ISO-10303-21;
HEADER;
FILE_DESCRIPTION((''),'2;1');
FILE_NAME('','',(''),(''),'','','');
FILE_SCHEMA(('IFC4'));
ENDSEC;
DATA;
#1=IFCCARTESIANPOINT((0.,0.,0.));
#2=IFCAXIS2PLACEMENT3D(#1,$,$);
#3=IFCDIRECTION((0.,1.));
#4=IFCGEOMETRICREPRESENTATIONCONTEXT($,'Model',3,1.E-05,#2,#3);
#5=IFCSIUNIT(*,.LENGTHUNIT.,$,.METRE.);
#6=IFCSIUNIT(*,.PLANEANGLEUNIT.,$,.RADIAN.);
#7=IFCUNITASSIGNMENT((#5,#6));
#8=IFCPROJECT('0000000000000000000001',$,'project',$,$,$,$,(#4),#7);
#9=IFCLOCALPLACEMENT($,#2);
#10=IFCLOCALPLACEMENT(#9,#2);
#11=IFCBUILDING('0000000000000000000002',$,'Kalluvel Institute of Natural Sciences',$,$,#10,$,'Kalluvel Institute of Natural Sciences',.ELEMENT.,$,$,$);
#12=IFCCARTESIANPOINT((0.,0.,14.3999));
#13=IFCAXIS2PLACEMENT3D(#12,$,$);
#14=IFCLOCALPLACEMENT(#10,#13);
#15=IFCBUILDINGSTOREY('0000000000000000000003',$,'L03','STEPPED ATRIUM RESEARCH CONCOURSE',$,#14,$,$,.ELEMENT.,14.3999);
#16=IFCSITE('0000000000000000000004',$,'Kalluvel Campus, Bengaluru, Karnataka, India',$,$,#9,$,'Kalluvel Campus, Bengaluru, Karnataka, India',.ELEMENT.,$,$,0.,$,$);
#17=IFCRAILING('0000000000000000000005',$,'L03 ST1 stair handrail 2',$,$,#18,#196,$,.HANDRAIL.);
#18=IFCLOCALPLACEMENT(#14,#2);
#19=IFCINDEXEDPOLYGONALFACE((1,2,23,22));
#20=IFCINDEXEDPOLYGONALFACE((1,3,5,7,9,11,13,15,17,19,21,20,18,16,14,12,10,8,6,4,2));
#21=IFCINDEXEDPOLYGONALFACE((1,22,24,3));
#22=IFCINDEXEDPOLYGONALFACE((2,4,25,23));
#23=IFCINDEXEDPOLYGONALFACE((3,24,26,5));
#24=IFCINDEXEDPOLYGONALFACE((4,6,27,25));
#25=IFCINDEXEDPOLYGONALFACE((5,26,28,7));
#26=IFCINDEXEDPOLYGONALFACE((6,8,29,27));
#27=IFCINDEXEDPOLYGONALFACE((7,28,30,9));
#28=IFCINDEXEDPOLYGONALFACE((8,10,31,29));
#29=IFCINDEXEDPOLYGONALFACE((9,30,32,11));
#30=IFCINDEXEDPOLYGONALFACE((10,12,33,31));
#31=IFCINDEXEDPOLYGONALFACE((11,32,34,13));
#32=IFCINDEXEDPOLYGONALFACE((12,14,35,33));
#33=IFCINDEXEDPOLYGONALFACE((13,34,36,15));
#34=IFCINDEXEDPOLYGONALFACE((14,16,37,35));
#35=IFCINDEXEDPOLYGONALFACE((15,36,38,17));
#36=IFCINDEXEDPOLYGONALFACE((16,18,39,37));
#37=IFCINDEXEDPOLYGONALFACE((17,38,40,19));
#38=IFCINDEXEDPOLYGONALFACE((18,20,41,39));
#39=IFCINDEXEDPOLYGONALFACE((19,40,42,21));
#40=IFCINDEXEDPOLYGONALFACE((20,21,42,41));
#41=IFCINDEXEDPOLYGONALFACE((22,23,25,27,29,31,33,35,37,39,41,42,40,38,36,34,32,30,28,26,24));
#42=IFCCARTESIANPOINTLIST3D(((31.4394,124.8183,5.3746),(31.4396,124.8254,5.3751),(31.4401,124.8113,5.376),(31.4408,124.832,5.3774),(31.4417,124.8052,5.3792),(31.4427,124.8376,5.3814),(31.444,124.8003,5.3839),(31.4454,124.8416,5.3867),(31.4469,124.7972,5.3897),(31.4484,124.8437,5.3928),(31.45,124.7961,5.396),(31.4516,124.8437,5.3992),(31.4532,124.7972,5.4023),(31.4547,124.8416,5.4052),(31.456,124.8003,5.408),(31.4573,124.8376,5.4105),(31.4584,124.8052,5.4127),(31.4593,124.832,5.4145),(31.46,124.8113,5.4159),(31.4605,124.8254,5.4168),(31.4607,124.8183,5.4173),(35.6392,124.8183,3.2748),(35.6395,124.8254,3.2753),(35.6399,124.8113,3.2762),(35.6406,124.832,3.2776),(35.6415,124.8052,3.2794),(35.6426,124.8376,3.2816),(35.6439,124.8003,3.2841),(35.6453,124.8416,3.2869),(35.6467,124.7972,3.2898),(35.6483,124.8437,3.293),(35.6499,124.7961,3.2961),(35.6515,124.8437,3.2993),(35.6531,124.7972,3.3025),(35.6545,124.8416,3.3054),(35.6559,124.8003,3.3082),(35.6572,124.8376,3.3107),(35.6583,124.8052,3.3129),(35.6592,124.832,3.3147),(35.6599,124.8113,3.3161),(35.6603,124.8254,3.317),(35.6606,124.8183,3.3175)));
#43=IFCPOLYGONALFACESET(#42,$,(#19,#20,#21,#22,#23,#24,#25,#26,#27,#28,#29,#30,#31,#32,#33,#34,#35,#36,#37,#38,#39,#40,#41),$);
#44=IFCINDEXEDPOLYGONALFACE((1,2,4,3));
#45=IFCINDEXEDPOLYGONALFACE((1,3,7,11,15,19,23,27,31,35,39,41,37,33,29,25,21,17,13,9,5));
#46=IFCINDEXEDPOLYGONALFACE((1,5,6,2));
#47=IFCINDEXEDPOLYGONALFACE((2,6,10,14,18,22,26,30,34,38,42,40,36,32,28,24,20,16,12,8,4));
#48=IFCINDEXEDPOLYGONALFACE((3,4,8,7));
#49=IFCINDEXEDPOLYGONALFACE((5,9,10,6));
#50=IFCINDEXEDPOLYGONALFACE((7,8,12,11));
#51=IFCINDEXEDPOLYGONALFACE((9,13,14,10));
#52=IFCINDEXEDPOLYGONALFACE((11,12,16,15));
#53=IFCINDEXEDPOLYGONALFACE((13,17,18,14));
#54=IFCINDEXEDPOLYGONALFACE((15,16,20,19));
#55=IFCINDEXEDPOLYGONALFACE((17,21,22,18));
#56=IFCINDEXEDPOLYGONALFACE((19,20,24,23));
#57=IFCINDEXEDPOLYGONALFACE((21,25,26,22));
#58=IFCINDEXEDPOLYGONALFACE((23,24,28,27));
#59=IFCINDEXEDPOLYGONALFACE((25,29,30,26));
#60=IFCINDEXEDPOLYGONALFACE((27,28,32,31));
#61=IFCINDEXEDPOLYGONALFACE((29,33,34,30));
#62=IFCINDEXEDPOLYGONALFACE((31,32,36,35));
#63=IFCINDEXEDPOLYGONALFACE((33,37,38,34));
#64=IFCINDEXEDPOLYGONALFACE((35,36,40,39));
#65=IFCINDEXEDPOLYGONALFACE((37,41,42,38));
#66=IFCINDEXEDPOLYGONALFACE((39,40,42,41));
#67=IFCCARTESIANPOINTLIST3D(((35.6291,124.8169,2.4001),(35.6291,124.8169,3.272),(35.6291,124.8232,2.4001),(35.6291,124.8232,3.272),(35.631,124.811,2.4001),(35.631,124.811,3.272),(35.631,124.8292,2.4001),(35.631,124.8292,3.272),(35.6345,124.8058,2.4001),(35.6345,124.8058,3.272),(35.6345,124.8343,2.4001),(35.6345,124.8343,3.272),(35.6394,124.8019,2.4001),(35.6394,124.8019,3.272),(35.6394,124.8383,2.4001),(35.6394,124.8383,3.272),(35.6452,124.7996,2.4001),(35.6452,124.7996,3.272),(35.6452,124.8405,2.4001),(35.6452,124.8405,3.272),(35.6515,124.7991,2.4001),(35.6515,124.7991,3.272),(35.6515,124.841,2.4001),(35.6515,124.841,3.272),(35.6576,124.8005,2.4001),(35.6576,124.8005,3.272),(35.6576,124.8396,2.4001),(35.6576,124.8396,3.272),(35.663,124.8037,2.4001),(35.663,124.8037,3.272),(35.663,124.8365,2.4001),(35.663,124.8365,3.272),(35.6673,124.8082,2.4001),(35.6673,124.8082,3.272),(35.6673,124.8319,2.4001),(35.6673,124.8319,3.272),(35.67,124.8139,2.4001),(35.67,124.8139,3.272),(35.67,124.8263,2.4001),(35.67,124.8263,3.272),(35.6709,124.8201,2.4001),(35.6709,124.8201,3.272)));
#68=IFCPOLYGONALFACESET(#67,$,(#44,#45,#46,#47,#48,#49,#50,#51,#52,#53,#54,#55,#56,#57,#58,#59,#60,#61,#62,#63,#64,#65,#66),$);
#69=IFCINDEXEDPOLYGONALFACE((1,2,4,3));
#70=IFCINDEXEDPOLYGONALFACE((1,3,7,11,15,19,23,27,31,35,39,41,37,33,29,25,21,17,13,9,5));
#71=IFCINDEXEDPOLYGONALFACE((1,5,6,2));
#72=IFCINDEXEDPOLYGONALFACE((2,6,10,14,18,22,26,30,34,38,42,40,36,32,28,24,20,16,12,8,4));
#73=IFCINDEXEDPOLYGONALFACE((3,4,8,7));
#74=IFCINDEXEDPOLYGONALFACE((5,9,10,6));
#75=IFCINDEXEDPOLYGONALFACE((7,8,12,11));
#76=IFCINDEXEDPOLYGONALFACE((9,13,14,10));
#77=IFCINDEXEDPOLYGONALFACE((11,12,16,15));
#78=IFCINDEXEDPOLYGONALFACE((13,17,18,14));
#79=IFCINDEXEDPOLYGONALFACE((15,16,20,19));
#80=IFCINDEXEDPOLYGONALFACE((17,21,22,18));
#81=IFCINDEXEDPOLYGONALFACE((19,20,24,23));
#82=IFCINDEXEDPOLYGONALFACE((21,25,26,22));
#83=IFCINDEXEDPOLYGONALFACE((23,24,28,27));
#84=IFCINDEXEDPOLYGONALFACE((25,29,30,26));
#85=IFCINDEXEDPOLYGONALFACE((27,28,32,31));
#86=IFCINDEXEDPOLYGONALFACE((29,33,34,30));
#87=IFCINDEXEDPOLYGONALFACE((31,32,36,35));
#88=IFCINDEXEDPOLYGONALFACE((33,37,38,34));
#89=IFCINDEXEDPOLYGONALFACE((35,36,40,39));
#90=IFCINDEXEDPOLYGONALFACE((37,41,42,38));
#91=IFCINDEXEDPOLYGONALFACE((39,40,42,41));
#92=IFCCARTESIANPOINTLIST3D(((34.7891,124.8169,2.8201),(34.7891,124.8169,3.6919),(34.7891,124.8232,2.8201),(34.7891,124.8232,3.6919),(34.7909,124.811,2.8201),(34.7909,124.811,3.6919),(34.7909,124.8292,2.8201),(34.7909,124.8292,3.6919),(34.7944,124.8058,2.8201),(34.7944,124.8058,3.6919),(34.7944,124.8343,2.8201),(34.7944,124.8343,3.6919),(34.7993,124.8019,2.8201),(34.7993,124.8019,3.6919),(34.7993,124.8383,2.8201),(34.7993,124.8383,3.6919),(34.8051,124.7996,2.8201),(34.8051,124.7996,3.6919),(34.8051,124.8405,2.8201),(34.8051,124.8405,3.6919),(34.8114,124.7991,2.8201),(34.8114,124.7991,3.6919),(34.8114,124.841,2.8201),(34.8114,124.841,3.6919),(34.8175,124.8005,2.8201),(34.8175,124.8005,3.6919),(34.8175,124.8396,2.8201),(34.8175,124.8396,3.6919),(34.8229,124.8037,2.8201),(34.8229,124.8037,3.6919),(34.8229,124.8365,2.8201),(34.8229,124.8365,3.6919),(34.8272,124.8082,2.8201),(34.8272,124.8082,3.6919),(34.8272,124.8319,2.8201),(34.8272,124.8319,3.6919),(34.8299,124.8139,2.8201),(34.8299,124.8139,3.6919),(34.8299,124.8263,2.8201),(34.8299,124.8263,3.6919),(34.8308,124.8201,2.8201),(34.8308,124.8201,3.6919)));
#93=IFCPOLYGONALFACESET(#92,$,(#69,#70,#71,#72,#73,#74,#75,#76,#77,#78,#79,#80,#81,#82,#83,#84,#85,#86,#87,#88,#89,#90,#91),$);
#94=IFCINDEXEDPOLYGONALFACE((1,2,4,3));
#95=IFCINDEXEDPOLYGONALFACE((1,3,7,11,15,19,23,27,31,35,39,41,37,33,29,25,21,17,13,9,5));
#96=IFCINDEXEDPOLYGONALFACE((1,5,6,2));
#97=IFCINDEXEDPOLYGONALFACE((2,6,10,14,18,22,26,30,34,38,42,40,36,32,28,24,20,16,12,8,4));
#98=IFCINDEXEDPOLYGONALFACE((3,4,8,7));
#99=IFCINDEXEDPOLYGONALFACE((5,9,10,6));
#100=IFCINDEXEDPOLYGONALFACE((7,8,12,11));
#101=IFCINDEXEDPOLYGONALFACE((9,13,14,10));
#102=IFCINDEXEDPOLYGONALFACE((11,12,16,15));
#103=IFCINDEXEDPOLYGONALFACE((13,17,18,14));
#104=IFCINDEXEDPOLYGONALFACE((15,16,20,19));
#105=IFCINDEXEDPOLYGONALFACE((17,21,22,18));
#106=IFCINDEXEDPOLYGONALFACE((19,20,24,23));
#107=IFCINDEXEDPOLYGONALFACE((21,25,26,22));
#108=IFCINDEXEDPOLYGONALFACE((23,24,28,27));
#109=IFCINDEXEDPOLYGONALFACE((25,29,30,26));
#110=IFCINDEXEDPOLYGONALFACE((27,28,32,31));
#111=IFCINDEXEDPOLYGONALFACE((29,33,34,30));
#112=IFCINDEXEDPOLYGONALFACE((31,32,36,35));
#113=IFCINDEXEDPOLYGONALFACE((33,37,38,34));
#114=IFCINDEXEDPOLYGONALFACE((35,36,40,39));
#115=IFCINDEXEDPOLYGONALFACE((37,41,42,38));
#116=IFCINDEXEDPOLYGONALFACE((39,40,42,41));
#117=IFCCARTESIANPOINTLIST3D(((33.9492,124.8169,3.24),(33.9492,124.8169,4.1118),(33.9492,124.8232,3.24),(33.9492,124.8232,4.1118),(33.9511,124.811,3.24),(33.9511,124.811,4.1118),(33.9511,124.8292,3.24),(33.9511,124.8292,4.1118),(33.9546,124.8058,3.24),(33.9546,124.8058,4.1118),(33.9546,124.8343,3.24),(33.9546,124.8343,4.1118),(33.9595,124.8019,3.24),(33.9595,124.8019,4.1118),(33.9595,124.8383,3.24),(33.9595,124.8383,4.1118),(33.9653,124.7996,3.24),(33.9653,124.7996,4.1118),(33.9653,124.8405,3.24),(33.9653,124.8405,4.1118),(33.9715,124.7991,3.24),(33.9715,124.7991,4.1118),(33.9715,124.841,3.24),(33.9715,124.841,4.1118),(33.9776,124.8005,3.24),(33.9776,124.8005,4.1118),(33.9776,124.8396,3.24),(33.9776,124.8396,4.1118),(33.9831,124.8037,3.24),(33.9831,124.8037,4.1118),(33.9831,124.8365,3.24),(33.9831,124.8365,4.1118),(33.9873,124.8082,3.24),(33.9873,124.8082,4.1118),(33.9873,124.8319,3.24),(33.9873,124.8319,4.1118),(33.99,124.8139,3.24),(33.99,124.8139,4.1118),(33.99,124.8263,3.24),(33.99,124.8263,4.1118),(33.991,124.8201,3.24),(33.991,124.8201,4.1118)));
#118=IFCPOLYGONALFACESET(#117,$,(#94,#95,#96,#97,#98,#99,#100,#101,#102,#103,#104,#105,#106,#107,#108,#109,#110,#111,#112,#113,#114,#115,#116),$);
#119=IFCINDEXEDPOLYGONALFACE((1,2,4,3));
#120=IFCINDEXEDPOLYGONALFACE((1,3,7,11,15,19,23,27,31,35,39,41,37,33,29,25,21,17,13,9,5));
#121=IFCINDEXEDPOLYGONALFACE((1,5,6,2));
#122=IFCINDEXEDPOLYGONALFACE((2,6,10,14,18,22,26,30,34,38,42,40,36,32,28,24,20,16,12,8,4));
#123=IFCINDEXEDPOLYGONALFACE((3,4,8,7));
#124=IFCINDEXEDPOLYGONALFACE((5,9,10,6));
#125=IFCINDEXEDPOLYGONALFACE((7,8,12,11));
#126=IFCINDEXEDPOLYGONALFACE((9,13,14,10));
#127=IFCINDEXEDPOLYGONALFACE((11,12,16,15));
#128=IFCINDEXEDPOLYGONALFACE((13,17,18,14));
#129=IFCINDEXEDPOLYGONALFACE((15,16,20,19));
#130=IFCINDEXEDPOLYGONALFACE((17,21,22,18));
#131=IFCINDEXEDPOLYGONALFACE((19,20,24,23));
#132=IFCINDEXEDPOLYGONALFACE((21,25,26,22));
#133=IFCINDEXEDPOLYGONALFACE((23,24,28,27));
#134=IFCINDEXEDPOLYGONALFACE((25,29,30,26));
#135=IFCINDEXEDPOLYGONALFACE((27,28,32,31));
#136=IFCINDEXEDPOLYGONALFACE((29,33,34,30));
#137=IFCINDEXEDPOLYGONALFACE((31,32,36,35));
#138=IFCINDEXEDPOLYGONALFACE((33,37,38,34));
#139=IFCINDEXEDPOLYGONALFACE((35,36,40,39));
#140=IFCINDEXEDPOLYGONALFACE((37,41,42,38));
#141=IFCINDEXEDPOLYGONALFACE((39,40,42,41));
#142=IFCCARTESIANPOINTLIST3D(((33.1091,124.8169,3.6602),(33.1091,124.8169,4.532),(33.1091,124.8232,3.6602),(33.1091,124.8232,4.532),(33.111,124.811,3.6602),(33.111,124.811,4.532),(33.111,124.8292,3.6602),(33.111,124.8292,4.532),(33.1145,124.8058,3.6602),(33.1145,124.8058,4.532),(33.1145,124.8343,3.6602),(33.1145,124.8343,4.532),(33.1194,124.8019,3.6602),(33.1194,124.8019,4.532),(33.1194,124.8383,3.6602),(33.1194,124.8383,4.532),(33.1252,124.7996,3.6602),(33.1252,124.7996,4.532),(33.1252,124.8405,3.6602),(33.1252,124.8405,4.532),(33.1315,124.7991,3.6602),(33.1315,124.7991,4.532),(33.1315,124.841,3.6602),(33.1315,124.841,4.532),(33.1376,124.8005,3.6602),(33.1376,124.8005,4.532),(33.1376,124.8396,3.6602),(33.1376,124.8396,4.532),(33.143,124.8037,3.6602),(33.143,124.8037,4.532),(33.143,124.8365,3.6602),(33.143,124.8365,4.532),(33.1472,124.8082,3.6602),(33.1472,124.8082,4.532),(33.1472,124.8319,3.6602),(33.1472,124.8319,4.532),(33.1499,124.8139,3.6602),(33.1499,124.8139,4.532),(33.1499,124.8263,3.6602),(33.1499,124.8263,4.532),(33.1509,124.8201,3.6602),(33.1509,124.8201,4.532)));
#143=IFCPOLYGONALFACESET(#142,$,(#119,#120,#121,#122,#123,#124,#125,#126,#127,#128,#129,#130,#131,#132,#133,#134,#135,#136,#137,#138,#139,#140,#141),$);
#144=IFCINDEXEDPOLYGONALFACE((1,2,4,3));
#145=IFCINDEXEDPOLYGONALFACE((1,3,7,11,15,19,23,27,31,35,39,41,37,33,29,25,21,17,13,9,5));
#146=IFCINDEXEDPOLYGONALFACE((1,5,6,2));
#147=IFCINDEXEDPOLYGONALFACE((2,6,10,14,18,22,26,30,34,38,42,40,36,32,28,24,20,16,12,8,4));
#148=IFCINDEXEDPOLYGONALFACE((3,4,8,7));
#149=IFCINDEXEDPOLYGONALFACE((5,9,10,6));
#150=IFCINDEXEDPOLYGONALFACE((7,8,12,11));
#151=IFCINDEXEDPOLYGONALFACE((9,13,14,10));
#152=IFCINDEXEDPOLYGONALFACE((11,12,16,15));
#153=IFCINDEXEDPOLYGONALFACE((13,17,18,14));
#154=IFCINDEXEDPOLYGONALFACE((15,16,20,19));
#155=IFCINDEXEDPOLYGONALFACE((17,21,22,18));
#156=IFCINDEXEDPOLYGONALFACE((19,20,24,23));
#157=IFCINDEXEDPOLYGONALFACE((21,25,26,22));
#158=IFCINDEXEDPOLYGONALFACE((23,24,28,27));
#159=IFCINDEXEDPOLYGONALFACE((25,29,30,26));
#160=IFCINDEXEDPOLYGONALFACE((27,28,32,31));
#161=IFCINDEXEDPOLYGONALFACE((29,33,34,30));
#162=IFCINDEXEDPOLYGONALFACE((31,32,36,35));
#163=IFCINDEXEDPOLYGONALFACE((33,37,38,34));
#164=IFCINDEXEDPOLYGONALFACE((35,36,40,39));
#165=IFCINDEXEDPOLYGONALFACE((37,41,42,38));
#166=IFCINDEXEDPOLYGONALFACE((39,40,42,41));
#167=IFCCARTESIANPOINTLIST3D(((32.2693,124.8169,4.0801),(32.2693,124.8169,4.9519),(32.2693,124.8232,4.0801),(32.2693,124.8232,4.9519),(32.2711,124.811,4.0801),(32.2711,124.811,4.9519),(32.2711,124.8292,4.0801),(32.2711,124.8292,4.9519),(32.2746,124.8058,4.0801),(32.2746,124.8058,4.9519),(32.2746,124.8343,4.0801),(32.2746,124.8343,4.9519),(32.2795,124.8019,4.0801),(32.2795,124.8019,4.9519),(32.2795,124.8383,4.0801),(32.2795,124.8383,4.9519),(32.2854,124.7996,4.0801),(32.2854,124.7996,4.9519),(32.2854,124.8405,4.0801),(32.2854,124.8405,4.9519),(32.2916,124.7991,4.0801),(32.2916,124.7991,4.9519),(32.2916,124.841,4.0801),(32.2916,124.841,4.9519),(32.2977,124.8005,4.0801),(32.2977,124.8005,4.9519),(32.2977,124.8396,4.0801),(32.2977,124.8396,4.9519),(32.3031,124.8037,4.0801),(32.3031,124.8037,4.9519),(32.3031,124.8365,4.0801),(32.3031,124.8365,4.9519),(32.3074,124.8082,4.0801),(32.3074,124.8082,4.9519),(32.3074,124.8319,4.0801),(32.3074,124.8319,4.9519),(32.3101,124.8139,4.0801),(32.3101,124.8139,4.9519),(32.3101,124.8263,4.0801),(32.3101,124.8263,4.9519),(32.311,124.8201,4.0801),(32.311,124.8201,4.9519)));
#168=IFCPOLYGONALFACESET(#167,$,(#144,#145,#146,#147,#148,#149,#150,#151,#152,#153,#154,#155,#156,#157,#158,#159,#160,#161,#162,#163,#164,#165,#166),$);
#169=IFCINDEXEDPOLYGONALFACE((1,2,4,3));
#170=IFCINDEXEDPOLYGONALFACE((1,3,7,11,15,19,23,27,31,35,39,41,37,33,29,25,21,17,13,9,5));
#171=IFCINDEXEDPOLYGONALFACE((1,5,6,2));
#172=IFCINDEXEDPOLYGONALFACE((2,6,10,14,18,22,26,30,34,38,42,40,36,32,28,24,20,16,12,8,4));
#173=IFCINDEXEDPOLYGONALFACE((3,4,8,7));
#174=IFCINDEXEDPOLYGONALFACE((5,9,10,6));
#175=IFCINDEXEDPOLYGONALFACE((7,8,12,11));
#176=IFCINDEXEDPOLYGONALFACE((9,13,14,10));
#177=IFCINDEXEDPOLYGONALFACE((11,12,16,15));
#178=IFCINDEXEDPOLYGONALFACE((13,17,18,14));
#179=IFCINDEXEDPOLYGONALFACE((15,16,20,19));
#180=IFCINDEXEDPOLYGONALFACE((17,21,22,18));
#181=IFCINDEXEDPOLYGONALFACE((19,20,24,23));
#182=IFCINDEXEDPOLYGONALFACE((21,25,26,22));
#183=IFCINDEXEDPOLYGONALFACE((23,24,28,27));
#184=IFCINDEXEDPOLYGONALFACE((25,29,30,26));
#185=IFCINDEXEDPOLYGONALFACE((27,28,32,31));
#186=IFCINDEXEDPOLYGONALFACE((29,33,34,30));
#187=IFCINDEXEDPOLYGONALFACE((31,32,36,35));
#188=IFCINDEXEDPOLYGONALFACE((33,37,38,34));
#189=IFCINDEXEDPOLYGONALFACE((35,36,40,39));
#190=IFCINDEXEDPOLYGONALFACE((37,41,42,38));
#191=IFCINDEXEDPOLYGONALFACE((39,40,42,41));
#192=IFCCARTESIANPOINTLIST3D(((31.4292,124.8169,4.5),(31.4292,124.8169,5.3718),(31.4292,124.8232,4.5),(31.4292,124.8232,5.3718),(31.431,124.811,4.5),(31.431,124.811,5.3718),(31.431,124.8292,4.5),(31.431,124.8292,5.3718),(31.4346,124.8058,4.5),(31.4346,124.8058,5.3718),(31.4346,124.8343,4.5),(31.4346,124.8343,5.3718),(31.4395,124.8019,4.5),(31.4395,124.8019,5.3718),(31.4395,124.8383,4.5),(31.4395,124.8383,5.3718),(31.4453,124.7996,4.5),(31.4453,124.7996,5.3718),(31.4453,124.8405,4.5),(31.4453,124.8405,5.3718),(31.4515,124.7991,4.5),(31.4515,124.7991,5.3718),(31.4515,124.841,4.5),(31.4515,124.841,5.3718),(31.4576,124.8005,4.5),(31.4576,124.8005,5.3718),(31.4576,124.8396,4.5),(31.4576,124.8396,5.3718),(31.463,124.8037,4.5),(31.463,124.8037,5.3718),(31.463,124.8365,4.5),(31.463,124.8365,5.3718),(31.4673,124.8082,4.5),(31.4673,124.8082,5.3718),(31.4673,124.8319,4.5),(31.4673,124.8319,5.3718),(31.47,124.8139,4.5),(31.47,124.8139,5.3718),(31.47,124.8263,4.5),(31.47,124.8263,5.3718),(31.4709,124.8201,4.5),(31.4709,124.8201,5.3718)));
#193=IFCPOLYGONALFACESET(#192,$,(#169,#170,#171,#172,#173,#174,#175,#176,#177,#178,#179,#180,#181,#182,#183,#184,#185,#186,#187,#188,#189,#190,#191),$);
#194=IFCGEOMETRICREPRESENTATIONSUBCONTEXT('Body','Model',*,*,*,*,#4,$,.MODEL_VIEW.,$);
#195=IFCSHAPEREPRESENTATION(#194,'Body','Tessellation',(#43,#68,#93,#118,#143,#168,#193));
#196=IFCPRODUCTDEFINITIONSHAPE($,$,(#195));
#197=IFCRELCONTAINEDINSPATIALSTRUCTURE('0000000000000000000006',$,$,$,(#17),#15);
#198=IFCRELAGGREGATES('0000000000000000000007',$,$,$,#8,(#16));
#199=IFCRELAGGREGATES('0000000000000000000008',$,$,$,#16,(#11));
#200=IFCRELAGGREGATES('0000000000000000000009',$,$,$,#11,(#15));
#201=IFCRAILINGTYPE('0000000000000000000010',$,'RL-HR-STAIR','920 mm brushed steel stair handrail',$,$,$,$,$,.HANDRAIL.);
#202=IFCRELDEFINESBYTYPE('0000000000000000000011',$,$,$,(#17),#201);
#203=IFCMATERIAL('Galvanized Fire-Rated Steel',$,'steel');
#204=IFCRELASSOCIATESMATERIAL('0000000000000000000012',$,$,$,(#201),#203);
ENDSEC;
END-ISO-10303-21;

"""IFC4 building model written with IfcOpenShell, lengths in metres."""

from ifc_helpers import new_model, si_unit, direction, frame, origin, origin_2d, place, context, subcontext, project, spatial, circle, extrude, material, type_object, element, save


model = new_model("IFC4")

# Units and contexts
model_context = context("Model", 3, precision=1e-05, world=origin(), true_north=direction((0.0, 1.0)))
body_context = subcontext(model_context, "Body", "Model", "MODEL_VIEW")
ifc_project = project(units=[si_unit("LENGTHUNIT", "METRE"), si_unit("PLANEANGLEUNIT", "RADIAN")], contexts=[model_context])

# Site, building, storey
site_placement = place(None, origin())
site = spatial("IfcSite", under=ifc_project, at=site_placement, Name="Kalluvel Campus, Bengaluru, Karnataka, India", LongName="Kalluvel Campus, Bengaluru, Karnataka, India", CompositionType="ELEMENT", RefElevation=0.0)
building_placement = place(site_placement, origin())
building = spatial("IfcBuilding", under=site, at=building_placement, Name="Kalluvel Institute of Natural Sciences", LongName="Kalluvel Institute of Natural Sciences", CompositionType="ELEMENT")
storey_placement = place(building_placement, frame((0.0, 0.0, 14.3999)))
storey = spatial("IfcBuildingStorey", under=building, at=storey_placement, Name="L03", Description="STEPPED ATRIUM RESEARCH CONCOURSE", CompositionType="ELEMENT", Elevation=14.3999)

# Railing
ifc_material_1 = material(Name="Galvanized Fire-Rated Steel", Category="steel")
railing_type_1 = type_object("IfcRailingType", Name="RL-HR-STAIR", Description="920 mm brushed steel stair handrail", PredefinedType="HANDRAIL", material=ifc_material_1)
railing_1_placement = place(storey_placement, frame((35.6499, 124.8201, 2.4001)))
element("IfcRailing", 1, at=railing_1_placement, inside=storey, type_object=railing_type_1, Name="L03 ST1 stair handrail 2", PredefinedType="HANDRAIL", context=body_context, shape_type="SweptSolid", body=[
    extrude(circle(Radius=0.0239, at=origin_2d()), frame((0.0, 0.0, 0.896), z_axis=(-0.894438, 0.0, 0.447193), x_axis=(0.0, -1.0, 0.0)), (0.0, 0.0, 1.0), 4.6956),
    extrude(circle(Radius=0.021, at=origin_2d()), origin(), (0.0, 0.0, 1.0), 0.8718),
    extrude(circle(Radius=0.021, at=origin_2d()), frame((-0.8401, 0.0, 0.4199)), (0.0, 0.0, 1.0), 0.8718),
    extrude(circle(Radius=0.021, at=origin_2d()), frame((-1.6799, 0.0, 0.8398)), (0.0, 0.0, 1.0), 0.8718),
    extrude(circle(Radius=0.021, at=origin_2d()), frame((-2.52, 0.0, 1.26)), (0.0, 0.0, 1.0), 0.8718),
    extrude(circle(Radius=0.021, at=origin_2d()), frame((-3.3599, 0.0, 1.6799)), (0.0, 0.0, 1.0), 0.8718),
    extrude(circle(Radius=0.021, at=origin_2d()), frame((-4.2, 0.0, 2.0999)), (0.0, 0.0, 1.0), 0.8718),
])

save(model, "model.ifc")
